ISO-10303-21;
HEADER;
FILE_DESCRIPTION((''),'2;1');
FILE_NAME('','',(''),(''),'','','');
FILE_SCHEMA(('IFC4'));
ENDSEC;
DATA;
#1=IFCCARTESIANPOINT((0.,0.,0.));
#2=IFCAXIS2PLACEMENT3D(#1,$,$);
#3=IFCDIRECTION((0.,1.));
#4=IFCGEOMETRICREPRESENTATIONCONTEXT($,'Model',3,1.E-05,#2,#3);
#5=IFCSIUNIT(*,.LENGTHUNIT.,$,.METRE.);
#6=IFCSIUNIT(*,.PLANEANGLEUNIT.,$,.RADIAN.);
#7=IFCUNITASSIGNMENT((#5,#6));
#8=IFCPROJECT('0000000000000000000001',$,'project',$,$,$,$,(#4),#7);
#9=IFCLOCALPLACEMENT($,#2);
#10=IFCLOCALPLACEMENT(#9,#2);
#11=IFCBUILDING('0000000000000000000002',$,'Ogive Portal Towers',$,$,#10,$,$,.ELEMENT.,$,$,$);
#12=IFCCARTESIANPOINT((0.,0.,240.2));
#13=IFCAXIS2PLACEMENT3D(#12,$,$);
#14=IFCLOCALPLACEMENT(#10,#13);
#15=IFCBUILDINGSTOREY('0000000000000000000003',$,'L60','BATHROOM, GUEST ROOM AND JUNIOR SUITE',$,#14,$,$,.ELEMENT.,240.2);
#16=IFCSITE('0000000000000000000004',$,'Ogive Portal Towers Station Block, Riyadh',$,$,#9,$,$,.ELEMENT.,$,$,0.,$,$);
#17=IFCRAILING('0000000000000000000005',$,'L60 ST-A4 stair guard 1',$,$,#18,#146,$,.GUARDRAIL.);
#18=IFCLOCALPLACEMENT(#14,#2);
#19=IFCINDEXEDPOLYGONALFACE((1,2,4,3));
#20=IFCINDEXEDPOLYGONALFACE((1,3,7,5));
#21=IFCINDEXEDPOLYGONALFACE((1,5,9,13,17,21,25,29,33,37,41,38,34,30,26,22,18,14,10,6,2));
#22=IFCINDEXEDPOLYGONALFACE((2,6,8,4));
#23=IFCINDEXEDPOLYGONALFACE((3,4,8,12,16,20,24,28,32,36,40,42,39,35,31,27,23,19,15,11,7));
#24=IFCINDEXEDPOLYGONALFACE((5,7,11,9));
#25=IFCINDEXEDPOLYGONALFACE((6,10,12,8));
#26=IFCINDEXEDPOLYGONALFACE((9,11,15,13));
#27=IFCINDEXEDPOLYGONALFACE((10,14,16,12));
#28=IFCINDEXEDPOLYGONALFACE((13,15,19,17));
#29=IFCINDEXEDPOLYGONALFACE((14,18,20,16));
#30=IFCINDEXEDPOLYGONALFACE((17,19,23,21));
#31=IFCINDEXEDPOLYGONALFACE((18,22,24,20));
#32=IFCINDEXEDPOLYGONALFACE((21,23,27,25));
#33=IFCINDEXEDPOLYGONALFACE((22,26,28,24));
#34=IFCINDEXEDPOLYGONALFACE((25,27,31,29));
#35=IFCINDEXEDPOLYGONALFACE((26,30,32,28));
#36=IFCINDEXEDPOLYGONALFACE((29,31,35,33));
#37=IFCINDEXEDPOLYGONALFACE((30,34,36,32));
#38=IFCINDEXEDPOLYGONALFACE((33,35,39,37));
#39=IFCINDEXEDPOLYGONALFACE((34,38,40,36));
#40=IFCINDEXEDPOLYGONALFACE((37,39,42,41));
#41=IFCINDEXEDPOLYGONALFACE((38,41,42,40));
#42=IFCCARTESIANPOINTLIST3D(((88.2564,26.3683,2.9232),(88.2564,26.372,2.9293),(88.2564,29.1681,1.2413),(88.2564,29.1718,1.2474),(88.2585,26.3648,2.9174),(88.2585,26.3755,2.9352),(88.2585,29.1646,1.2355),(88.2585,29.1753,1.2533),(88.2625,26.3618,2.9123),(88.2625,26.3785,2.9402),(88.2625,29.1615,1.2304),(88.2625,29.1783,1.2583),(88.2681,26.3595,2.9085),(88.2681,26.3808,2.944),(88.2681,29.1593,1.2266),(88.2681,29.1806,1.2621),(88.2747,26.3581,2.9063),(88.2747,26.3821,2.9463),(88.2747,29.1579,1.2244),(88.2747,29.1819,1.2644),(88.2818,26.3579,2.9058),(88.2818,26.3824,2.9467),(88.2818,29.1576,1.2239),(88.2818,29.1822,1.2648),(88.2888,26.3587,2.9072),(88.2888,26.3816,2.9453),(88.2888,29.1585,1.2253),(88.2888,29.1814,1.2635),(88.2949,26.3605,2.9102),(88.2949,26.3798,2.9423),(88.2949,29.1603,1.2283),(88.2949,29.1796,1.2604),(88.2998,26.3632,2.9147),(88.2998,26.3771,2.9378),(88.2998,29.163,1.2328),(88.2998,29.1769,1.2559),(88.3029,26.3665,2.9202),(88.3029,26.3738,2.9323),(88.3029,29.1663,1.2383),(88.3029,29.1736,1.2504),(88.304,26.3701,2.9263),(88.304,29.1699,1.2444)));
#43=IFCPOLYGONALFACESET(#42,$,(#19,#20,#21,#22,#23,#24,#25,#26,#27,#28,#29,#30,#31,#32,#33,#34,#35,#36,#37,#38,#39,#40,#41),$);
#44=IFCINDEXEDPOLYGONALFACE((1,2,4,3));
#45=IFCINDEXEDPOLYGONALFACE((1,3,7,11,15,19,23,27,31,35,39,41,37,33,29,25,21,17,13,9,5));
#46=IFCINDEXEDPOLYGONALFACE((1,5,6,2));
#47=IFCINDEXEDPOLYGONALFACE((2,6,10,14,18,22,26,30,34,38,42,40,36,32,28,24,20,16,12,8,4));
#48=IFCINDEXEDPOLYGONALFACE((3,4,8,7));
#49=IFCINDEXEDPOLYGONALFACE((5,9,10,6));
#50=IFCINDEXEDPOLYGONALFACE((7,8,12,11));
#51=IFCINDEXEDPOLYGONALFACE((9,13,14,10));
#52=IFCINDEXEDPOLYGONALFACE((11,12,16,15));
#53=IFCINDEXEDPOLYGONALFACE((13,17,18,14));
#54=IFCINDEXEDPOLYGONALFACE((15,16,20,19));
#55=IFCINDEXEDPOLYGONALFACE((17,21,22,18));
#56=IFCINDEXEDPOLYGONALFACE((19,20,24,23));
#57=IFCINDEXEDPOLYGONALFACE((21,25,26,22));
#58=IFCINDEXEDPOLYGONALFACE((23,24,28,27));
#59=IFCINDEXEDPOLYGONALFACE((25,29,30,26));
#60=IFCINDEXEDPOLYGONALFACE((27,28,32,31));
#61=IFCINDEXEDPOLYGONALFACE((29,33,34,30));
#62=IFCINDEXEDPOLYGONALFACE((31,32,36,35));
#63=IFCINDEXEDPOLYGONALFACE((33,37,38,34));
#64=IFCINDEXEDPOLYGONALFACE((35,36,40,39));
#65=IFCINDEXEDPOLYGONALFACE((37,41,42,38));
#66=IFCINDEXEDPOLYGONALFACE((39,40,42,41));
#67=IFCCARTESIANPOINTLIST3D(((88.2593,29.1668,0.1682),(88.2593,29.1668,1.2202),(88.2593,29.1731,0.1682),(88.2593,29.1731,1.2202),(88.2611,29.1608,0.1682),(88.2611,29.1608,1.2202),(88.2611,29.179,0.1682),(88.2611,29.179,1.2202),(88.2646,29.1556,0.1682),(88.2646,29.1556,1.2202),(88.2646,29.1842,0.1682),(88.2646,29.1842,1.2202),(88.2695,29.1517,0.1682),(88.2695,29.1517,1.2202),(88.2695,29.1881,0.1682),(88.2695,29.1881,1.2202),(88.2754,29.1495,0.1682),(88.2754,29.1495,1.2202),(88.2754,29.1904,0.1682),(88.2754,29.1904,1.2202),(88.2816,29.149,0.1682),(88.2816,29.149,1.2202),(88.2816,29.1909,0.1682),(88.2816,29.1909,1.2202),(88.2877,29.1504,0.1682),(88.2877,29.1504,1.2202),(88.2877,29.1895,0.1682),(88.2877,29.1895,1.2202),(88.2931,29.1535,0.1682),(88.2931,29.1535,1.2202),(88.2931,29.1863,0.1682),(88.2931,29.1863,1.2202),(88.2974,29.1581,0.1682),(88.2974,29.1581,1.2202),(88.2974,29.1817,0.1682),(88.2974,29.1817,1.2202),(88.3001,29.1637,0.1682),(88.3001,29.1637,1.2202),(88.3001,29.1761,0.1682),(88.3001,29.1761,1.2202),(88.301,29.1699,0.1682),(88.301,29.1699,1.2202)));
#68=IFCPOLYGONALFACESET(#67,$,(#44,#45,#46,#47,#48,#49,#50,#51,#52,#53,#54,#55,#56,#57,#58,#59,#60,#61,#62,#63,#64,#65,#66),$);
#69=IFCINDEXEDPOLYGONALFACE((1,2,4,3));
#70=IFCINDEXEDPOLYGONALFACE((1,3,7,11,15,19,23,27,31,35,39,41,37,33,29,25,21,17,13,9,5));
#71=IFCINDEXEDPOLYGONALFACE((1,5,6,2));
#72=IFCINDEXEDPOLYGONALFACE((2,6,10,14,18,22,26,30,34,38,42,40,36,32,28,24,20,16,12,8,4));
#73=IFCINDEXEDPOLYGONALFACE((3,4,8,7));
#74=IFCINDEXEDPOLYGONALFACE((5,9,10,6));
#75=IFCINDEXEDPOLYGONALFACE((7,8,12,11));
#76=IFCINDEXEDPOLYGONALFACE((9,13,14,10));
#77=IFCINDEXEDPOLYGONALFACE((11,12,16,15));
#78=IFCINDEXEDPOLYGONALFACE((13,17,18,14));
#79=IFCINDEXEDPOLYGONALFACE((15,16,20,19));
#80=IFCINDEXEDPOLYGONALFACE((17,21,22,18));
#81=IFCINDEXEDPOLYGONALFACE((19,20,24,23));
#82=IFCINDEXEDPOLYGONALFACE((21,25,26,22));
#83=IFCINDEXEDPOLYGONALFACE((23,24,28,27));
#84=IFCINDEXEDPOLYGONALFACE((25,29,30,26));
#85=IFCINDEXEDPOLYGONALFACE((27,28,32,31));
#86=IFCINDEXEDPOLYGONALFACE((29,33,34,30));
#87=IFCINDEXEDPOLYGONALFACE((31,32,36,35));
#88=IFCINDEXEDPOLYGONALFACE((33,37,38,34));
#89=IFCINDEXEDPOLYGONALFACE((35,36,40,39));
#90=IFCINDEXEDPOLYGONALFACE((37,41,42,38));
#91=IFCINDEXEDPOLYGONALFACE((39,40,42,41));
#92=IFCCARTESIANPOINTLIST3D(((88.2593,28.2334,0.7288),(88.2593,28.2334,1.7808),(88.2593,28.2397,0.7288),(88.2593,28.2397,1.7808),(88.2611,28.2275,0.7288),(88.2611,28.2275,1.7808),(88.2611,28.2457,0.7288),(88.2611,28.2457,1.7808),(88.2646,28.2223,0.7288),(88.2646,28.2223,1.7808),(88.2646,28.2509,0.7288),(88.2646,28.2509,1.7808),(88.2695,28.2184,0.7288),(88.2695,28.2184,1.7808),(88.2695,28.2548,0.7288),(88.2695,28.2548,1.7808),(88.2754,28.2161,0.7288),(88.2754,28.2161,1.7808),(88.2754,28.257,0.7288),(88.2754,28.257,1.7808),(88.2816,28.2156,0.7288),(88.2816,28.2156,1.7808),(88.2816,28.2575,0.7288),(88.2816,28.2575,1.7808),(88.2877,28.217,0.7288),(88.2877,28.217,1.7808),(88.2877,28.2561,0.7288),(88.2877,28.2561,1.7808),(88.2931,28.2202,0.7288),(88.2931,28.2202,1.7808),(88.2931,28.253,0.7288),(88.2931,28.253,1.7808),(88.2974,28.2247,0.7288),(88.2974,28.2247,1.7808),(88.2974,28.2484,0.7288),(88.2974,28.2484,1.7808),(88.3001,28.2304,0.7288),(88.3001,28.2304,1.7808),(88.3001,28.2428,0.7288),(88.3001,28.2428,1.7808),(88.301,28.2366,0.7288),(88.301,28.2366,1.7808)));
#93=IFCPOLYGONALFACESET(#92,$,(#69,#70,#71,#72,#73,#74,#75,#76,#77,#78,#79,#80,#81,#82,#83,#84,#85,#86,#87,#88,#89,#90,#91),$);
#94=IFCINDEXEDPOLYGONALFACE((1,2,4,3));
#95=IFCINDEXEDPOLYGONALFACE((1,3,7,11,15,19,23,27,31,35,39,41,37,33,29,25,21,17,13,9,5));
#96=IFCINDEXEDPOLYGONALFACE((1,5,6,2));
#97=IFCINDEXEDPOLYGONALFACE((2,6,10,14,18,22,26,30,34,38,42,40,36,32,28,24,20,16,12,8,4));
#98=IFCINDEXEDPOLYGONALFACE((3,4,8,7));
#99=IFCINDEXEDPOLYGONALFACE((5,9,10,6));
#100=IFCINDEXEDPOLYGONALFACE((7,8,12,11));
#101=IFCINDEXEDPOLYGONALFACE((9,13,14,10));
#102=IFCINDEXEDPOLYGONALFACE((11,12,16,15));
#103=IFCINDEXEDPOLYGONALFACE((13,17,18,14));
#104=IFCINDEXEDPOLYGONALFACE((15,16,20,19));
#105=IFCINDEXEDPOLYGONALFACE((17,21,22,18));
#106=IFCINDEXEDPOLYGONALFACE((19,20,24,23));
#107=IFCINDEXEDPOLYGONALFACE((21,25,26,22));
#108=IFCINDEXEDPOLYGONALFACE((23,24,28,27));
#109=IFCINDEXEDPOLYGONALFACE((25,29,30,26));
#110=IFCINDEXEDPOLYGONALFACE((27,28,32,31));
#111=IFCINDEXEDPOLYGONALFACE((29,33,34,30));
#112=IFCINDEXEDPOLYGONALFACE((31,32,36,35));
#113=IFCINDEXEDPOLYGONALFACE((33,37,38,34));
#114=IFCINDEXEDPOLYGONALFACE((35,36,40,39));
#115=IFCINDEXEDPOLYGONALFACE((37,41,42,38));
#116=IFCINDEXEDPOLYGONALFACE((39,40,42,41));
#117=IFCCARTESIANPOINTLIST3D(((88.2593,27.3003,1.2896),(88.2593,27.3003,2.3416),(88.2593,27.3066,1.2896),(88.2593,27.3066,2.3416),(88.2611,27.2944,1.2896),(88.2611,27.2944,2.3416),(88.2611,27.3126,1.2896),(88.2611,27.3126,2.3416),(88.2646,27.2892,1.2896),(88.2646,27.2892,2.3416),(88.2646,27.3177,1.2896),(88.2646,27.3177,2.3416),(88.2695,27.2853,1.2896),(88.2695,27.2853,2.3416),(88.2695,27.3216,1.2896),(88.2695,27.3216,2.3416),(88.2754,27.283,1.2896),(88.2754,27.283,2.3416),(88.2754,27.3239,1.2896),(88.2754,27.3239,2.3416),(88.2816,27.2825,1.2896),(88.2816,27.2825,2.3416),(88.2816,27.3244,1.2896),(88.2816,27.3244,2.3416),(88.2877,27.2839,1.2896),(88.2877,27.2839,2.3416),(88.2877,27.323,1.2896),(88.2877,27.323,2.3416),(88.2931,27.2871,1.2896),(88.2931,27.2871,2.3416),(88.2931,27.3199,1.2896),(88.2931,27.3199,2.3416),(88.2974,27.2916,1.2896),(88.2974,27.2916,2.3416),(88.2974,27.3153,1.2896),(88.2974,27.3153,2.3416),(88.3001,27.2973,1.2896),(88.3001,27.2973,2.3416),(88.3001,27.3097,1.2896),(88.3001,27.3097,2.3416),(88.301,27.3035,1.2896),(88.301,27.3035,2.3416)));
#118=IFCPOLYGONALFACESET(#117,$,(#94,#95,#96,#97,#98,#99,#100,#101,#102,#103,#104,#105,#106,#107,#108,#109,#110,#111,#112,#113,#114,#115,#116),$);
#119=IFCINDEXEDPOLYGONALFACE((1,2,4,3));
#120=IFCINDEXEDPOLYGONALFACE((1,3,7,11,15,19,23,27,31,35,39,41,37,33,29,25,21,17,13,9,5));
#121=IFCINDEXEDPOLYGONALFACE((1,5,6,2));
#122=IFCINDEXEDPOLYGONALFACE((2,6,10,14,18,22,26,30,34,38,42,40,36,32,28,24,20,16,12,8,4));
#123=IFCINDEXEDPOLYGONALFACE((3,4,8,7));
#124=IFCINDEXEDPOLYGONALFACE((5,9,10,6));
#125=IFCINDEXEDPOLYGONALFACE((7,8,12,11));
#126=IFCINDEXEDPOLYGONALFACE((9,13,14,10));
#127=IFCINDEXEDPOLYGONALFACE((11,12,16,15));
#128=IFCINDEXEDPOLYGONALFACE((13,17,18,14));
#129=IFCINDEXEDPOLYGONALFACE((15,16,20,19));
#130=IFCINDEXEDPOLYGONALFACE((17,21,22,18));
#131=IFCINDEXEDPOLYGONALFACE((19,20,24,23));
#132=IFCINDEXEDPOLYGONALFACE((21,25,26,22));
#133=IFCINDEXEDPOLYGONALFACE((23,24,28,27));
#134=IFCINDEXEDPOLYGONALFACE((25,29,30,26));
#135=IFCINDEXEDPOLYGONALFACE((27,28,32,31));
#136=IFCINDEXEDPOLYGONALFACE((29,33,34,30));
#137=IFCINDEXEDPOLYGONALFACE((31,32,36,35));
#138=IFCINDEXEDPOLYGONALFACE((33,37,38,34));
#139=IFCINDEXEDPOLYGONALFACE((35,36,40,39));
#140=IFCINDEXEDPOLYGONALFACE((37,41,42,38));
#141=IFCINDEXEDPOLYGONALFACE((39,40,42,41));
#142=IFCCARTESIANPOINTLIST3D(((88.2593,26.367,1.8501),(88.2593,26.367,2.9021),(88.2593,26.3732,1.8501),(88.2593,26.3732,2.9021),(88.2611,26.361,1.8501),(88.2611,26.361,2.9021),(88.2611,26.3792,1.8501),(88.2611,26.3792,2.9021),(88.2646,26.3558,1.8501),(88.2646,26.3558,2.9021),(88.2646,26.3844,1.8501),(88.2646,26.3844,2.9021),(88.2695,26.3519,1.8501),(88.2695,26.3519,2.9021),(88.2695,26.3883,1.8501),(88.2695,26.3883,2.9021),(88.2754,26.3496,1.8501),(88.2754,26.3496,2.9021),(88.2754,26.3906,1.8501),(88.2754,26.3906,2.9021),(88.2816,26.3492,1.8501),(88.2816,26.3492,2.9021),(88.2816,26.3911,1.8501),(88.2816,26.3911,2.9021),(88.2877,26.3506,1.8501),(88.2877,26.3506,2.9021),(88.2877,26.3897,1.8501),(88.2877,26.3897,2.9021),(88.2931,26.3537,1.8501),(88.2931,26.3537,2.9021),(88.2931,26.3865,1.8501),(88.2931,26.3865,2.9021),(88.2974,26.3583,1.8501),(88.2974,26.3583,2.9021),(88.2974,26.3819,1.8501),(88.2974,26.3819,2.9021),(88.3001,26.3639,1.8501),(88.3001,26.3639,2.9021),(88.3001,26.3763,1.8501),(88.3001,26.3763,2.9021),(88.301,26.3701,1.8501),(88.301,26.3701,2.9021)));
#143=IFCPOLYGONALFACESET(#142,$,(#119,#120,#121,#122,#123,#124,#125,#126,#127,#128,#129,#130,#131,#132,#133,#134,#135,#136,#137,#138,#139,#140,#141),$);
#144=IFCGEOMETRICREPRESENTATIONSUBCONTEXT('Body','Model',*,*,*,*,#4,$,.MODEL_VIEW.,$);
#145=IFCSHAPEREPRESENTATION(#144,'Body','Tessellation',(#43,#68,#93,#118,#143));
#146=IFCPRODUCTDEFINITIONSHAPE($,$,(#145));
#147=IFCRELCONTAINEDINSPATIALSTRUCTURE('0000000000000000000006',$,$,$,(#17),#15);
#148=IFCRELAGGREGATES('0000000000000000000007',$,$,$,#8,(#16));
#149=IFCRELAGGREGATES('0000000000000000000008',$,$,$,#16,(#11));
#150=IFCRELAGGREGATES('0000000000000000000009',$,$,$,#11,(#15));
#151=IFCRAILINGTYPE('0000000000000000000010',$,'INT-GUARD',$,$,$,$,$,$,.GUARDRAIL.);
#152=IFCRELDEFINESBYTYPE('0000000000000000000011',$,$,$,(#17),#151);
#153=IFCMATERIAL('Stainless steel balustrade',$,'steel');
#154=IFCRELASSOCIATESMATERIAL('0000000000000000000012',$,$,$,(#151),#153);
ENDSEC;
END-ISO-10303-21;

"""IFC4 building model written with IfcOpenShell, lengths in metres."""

from ifc_helpers import new_model, si_unit, direction, frame, origin, origin_2d, place, context, subcontext, project, spatial, circle, extrude, material, type_object, element, save


model = new_model("IFC4")

# Units and contexts
model_context = context("Model", 3, precision=1e-05, world=origin(), true_north=direction((0.0, 1.0)))
body_context = subcontext(model_context, "Body", "Model", "MODEL_VIEW")
ifc_project = project(units=[si_unit("LENGTHUNIT", "METRE"), si_unit("PLANEANGLEUNIT", "RADIAN")], contexts=[model_context])

# Site, building, storey
site_placement = place(None, origin())
site = spatial("IfcSite", under=ifc_project, at=site_placement, Name="Ogive Portal Towers Station Block, Riyadh", CompositionType="ELEMENT", RefElevation=0.0)
building_placement = place(site_placement, origin())
building = spatial("IfcBuilding", under=site, at=building_placement, Name="Ogive Portal Towers", CompositionType="ELEMENT")
storey_placement = place(building_placement, frame((0.0, 0.0, 240.2)))
storey = spatial("IfcBuildingStorey", under=building, at=storey_placement, Name="L60", Description="BATHROOM, GUEST ROOM AND JUNIOR SUITE", CompositionType="ELEMENT", Elevation=240.2)

# Railing
ifc_material_1 = material(Name="Stainless steel balustrade", Category="steel")
railing_type_1 = type_object("IfcRailingType", Name="INT-GUARD", PredefinedType="GUARDRAIL", material=ifc_material_1)
railing_1_placement = place(storey_placement, frame((88.28, 29.1699, 0.1682)))
element("IfcRailing", 1, at=railing_1_placement, inside=storey, type_object=railing_type_1, Name="L60 ST-A4 stair guard 1", PredefinedType="GUARDRAIL", context=body_context, shape_type="SweptSolid", body=[
    extrude(circle(Radius=0.0239, at=origin_2d()), frame((0.0, 0.0, 1.0762), z_axis=(0.0, -0.857222, 0.514946), x_axis=(1.0, 0.0, 0.0)), (0.0, 0.0, 1.0), 3.2661),
    extrude(circle(Radius=0.021, at=origin_2d()), origin(), (0.0, 0.0, 1.0), 1.052),
    extrude(circle(Radius=0.021, at=origin_2d()), frame((0.0, -0.9333, 0.5605)), (0.0, 0.0, 1.0), 1.052),
    extrude(circle(Radius=0.021, at=origin_2d()), frame((0.0, -1.8665, 1.1213)), (0.0, 0.0, 1.0), 1.052),
    extrude(circle(Radius=0.021, at=origin_2d()), frame((0.0, -2.7998, 1.6819)), (0.0, 0.0, 1.0), 1.052),
])

save(model, "model.ifc")
